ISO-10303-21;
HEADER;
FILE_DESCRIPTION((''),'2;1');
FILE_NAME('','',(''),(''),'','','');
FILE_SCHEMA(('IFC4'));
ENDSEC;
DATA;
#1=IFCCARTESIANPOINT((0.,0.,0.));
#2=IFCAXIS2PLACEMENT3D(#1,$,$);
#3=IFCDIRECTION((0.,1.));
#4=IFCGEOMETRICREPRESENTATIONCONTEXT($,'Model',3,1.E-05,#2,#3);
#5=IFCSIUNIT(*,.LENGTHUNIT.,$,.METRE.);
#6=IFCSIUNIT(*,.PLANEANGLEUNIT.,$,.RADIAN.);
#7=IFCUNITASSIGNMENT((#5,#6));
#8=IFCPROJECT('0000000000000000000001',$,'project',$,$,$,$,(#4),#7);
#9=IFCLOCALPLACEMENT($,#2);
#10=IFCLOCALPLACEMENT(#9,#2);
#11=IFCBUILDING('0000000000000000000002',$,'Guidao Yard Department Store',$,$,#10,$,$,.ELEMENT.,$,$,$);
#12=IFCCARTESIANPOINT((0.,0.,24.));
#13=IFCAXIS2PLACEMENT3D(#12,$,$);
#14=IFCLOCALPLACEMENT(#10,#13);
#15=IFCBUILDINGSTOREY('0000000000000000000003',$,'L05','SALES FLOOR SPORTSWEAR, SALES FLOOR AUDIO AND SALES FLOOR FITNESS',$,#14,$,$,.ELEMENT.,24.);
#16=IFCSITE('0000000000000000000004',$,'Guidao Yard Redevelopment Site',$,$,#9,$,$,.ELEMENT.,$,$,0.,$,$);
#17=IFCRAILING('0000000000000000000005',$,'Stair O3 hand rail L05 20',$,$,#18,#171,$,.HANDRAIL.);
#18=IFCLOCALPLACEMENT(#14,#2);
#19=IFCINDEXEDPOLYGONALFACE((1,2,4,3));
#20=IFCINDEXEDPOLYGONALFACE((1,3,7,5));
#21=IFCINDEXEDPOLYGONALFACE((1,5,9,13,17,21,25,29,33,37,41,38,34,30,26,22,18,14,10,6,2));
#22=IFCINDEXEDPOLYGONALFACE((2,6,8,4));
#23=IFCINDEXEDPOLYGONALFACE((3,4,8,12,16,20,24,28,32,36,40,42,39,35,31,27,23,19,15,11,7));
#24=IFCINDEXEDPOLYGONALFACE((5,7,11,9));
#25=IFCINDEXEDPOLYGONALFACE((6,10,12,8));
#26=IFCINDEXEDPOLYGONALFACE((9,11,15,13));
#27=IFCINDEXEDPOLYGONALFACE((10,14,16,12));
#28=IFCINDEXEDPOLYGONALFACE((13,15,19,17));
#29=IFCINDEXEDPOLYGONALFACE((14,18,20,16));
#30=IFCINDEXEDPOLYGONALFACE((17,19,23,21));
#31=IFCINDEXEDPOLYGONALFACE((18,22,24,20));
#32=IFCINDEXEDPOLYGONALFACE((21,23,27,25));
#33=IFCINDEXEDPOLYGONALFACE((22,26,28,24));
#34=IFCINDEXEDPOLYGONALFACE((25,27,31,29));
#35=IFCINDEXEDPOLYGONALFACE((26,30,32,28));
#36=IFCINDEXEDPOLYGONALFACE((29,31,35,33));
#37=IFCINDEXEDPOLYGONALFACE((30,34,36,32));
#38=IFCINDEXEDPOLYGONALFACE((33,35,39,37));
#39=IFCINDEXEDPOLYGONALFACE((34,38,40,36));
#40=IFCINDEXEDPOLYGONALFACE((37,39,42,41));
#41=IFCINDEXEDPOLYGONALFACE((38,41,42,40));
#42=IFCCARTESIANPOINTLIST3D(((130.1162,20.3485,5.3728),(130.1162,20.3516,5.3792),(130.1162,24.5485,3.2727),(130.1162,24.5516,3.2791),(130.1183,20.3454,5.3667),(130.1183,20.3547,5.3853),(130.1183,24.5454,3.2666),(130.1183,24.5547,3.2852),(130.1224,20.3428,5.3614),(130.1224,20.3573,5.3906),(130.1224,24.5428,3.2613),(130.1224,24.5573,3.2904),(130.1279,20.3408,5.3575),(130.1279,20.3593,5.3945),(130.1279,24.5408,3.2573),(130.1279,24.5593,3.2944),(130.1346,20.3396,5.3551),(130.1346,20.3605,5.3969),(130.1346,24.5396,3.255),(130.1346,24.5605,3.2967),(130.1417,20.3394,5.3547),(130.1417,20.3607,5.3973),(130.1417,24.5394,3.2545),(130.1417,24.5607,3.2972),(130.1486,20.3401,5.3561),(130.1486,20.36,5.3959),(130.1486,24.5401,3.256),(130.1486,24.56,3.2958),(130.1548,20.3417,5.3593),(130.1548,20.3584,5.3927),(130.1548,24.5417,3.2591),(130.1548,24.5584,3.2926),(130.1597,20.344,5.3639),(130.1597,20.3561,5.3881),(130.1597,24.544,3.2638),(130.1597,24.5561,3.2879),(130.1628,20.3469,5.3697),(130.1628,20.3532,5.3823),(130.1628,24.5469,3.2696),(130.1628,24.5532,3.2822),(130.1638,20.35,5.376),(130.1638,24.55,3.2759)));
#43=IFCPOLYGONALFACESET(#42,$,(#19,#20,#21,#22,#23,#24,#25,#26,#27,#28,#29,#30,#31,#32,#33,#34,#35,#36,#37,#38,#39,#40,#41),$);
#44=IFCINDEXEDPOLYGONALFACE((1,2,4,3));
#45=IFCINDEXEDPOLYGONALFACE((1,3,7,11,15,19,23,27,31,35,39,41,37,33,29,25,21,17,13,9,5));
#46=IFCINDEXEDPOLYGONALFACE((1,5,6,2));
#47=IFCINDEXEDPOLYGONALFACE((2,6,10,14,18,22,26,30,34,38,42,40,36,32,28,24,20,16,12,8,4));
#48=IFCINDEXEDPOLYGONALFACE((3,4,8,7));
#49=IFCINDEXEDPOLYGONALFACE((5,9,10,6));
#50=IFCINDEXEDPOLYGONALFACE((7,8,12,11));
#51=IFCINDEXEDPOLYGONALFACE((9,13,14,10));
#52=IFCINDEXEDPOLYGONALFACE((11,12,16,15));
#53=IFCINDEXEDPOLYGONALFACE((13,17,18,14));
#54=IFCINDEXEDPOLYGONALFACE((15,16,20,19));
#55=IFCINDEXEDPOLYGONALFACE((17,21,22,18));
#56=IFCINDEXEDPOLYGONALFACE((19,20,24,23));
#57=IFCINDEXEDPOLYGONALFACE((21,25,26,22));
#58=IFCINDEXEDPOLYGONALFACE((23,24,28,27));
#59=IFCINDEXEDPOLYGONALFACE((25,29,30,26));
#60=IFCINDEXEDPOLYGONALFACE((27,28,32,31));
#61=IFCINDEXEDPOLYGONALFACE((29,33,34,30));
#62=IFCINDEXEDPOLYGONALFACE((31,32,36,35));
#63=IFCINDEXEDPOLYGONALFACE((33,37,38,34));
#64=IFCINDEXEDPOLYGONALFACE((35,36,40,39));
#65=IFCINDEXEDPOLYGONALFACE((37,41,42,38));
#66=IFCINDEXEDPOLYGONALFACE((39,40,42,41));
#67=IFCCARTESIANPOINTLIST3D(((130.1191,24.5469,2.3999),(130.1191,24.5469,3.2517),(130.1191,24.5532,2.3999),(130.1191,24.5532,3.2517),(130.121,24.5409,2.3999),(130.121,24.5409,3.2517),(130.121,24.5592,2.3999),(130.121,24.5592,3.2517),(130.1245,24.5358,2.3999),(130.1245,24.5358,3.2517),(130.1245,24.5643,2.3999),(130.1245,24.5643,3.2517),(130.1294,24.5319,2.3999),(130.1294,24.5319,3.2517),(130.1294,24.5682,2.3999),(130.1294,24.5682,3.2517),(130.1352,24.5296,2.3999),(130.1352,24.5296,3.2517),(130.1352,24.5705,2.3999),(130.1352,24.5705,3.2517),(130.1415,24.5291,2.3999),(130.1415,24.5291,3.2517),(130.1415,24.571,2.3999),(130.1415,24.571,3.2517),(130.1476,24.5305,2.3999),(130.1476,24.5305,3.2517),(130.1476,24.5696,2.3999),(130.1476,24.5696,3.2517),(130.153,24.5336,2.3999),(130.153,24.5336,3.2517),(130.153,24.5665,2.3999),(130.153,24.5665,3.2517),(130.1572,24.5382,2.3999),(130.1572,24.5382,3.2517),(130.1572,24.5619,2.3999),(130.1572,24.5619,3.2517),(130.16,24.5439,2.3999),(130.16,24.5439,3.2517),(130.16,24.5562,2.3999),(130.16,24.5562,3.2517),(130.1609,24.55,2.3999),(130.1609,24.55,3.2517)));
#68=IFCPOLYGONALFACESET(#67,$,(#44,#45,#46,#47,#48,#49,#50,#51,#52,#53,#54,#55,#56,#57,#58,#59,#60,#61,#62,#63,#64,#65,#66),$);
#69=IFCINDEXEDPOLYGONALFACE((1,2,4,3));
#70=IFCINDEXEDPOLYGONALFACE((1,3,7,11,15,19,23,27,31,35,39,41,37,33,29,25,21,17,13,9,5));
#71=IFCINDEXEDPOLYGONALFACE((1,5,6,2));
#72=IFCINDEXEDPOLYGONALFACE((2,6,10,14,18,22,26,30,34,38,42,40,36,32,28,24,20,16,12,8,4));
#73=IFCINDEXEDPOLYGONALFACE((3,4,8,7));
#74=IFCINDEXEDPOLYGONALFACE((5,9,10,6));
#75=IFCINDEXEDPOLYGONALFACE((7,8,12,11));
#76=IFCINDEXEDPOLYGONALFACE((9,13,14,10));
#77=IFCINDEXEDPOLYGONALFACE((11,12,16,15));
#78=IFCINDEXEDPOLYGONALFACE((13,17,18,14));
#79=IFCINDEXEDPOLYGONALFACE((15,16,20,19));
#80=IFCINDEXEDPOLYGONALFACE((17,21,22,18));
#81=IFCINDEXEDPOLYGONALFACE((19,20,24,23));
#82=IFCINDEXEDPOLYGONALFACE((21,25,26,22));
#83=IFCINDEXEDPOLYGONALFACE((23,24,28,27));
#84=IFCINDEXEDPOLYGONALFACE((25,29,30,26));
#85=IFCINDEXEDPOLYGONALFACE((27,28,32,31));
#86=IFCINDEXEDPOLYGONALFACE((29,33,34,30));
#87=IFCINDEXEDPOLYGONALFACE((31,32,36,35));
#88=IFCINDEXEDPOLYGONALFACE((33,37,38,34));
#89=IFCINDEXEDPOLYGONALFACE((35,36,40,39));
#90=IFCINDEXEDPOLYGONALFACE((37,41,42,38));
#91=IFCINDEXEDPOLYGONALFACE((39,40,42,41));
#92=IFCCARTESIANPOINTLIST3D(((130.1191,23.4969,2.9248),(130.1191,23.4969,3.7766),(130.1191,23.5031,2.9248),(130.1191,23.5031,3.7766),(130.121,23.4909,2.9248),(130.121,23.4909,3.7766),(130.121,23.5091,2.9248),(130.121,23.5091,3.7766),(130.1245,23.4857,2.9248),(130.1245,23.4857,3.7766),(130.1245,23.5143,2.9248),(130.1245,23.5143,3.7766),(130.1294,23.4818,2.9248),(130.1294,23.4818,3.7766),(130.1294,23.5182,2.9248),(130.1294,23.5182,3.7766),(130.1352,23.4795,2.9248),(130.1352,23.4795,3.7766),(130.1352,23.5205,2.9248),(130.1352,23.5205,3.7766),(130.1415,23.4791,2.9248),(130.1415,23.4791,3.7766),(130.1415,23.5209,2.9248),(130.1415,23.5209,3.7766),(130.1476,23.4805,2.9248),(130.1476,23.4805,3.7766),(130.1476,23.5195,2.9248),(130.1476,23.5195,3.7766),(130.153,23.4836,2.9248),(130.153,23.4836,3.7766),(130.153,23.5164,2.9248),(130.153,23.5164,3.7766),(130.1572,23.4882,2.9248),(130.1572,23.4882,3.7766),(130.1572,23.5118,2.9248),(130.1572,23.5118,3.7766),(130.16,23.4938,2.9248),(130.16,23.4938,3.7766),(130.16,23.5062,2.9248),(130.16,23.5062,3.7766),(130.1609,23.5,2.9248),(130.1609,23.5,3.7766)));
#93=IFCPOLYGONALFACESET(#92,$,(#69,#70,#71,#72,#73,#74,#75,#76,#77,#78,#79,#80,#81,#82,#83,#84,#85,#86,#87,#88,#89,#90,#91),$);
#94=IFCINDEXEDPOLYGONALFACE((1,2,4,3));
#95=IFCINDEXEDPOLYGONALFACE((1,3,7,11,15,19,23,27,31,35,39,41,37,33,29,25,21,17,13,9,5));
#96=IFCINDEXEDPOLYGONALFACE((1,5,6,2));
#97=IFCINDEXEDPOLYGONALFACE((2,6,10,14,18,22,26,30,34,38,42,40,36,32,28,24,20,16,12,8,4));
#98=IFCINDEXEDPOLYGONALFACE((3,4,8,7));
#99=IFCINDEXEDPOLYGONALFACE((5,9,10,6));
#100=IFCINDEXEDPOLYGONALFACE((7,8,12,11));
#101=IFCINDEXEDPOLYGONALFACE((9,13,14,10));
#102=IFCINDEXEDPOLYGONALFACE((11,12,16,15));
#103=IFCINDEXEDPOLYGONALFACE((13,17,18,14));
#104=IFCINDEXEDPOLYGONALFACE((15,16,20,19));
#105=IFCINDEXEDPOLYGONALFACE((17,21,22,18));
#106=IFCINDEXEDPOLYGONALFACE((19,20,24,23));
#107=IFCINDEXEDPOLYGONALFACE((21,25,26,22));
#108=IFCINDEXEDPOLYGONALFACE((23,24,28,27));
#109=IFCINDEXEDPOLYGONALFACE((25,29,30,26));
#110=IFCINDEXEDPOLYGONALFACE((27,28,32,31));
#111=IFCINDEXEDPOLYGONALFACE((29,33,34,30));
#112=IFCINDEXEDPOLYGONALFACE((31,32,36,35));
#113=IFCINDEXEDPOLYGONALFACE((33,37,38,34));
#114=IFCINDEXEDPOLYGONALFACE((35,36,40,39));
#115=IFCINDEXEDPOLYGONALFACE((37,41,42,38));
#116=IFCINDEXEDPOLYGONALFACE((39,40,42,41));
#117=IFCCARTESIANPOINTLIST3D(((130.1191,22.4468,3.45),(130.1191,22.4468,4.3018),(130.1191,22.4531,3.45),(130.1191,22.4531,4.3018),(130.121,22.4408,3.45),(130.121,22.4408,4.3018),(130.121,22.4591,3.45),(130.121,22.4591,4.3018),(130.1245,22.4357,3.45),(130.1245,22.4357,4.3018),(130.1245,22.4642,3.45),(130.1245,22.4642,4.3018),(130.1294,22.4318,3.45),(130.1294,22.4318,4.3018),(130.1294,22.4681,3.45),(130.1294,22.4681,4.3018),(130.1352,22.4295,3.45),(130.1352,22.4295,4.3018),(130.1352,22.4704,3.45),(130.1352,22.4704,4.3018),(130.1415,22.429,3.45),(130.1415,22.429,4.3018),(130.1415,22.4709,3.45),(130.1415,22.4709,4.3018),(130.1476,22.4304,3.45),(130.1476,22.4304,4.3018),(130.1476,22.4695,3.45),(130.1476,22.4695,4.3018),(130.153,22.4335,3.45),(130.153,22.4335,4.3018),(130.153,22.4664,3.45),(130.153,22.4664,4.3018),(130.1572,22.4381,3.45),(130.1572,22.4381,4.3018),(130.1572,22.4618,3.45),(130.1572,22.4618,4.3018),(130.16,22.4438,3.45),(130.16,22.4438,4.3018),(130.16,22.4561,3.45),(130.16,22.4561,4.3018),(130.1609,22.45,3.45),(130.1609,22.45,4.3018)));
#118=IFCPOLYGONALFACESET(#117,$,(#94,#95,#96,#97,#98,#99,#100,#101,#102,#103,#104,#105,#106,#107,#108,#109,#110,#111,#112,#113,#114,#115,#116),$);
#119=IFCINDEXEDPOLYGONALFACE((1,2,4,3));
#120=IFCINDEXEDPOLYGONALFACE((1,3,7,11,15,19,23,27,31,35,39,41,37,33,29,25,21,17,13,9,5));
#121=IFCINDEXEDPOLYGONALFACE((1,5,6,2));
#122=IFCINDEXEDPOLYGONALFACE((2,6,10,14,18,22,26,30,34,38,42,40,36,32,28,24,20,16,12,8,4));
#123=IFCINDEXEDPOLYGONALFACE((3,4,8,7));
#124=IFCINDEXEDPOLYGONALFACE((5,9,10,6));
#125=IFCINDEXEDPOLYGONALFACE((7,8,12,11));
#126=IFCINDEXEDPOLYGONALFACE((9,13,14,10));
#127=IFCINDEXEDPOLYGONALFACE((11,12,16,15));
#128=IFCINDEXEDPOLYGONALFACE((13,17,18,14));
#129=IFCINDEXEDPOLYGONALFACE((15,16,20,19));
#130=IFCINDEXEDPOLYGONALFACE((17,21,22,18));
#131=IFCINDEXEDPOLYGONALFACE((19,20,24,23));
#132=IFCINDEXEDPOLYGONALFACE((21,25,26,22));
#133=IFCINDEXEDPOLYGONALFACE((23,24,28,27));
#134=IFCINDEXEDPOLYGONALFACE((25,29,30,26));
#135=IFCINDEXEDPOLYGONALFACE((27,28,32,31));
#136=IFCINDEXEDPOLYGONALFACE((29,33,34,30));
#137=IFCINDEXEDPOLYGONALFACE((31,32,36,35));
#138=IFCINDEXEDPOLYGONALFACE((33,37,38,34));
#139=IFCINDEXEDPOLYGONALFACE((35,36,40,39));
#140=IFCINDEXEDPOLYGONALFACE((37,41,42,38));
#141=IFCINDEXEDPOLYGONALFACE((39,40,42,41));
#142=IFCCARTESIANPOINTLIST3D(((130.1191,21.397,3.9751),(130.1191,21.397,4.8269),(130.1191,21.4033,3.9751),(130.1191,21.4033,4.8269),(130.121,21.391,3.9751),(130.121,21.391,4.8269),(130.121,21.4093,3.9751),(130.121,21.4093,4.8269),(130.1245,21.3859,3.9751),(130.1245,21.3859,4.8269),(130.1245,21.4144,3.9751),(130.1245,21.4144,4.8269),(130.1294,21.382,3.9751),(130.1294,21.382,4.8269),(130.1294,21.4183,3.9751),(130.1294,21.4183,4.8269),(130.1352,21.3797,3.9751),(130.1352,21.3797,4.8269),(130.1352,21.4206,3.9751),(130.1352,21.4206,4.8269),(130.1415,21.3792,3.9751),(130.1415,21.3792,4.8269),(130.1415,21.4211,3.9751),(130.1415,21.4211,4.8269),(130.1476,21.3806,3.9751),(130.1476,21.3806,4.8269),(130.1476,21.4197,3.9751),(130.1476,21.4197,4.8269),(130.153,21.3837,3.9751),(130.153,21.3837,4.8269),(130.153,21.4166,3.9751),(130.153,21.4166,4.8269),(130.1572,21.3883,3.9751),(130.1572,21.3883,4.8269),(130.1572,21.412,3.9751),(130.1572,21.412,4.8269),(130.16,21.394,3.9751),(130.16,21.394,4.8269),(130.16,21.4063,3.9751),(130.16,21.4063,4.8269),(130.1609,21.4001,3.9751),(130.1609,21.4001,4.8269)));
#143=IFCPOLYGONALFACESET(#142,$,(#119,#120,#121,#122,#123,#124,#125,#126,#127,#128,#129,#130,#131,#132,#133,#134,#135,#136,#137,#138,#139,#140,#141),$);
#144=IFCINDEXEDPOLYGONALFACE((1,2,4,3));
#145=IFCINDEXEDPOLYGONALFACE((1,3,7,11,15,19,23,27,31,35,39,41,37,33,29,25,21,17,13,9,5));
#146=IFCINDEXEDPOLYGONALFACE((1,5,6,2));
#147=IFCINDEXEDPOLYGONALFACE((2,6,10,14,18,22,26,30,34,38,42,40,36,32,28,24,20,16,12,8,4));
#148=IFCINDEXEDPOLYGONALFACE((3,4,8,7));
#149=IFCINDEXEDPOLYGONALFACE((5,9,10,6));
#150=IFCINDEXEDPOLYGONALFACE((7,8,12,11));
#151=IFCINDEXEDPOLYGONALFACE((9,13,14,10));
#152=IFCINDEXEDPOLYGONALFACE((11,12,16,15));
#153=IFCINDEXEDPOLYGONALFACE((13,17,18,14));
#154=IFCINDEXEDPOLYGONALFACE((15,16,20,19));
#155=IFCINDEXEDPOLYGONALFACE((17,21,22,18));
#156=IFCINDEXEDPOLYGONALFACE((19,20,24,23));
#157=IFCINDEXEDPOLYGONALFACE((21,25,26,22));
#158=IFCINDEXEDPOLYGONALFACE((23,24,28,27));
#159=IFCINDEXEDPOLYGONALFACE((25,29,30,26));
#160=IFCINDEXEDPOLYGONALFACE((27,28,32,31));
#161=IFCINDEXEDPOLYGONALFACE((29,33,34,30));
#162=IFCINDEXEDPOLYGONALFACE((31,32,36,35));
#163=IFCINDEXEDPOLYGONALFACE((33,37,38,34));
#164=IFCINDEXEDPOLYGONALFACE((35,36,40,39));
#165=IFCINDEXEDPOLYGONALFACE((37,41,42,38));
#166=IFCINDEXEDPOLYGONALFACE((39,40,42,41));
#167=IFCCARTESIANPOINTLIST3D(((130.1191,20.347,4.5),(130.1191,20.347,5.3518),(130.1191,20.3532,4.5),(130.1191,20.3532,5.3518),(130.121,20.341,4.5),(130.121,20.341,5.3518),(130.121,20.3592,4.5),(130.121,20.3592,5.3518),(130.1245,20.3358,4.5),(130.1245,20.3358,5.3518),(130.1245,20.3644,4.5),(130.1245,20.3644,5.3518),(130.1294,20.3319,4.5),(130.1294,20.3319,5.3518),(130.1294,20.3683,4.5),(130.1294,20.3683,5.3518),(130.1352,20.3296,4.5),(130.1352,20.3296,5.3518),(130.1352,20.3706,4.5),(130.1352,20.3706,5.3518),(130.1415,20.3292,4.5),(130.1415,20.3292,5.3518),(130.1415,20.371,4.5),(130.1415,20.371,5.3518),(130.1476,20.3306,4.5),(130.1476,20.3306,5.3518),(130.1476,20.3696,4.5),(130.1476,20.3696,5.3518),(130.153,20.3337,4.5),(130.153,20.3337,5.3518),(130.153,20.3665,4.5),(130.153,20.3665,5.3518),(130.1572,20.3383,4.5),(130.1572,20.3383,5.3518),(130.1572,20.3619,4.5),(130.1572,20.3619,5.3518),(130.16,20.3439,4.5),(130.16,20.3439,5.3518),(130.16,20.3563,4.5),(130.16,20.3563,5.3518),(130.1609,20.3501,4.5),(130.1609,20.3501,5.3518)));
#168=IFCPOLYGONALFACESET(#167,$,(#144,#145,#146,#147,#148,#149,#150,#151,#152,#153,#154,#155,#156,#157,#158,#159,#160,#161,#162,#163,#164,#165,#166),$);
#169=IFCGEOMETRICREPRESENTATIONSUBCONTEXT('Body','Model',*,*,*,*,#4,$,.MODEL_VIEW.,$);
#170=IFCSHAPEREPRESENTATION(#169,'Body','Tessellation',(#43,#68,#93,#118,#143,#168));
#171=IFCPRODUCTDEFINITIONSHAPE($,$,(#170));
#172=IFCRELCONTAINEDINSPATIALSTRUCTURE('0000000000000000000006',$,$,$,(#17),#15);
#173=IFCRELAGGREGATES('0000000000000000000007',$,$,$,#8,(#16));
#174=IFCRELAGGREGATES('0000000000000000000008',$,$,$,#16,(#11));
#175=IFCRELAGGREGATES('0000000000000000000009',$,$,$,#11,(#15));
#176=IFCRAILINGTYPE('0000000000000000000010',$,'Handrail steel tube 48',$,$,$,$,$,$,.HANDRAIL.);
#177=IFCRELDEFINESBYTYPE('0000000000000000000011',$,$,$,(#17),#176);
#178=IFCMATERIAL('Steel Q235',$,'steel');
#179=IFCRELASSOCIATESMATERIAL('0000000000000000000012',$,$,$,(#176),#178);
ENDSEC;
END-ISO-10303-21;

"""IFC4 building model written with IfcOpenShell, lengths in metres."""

from ifc_helpers import new_model, si_unit, direction, frame, origin, origin_2d, place, context, subcontext, project, spatial, circle, extrude, material, type_object, element, save


model = new_model("IFC4")

# Units and contexts
model_context = context("Model", 3, precision=1e-05, world=origin(), true_north=direction((0.0, 1.0)))
body_context = subcontext(model_context, "Body", "Model", "MODEL_VIEW")
ifc_project = project(units=[si_unit("LENGTHUNIT", "METRE"), si_unit("PLANEANGLEUNIT", "RADIAN")], contexts=[model_context])

# Site, building, storey
site_placement = place(None, origin())
site = spatial("IfcSite", under=ifc_project, at=site_placement, Name="Guidao Yard Redevelopment Site", CompositionType="ELEMENT", RefElevation=0.0)
building_placement = place(site_placement, origin())
building = spatial("IfcBuilding", under=site, at=building_placement, Name="Guidao Yard Department Store", CompositionType="ELEMENT")
storey_placement = place(building_placement, frame((0.0, 0.0, 24.0)))
storey = spatial("IfcBuildingStorey", under=building, at=storey_placement, Name="L05", Description="SALES FLOOR SPORTSWEAR, SALES FLOOR AUDIO AND SALES FLOOR FITNESS", CompositionType="ELEMENT", Elevation=24.0)

# Railing
ifc_material_1 = material(Name="Steel Q235", Category="steel")
railing_type_1 = type_object("IfcRailingType", Name="Handrail steel tube 48", PredefinedType="HANDRAIL", material=ifc_material_1)
for number, where, name in (
    (1, (130.1399, 24.55, 2.3999), "Stair O3 hand rail L05 20"),
):
    element("IfcRailing", number, at=place(storey_placement, frame(where)), inside=storey, type_object=railing_type_1, Name=name, PredefinedType="HANDRAIL", context=body_context, shape_type="SweptSolid", body=[
        extrude(circle(Radius=0.0239, at=origin_2d()), frame((0.0, 0.0, 0.876), z_axis=(0.0, -0.894417, 0.447234), x_axis=(1.0, 0.0, 0.0)), (0.0, 0.0, 1.0), 4.6958),
        extrude(circle(Radius=0.021, at=origin_2d()), origin(), (0.0, 0.0, 1.0), 0.8518),
        extrude(circle(Radius=0.021, at=origin_2d()), frame((0.0, -1.05, 0.5249)), (0.0, 0.0, 1.0), 0.8518),
        extrude(circle(Radius=0.021, at=origin_2d()), frame((0.0, -2.1001, 1.05)), (0.0, 0.0, 1.0), 0.8518),
        extrude(circle(Radius=0.021, at=origin_2d()), frame((0.0, -3.1499, 1.5752)), (0.0, 0.0, 1.0), 0.8518),
        extrude(circle(Radius=0.021, at=origin_2d()), frame((0.0, -4.2, 2.1001)), (0.0, 0.0, 1.0), 0.8518),
    ])

save(model, "model.ifc")
